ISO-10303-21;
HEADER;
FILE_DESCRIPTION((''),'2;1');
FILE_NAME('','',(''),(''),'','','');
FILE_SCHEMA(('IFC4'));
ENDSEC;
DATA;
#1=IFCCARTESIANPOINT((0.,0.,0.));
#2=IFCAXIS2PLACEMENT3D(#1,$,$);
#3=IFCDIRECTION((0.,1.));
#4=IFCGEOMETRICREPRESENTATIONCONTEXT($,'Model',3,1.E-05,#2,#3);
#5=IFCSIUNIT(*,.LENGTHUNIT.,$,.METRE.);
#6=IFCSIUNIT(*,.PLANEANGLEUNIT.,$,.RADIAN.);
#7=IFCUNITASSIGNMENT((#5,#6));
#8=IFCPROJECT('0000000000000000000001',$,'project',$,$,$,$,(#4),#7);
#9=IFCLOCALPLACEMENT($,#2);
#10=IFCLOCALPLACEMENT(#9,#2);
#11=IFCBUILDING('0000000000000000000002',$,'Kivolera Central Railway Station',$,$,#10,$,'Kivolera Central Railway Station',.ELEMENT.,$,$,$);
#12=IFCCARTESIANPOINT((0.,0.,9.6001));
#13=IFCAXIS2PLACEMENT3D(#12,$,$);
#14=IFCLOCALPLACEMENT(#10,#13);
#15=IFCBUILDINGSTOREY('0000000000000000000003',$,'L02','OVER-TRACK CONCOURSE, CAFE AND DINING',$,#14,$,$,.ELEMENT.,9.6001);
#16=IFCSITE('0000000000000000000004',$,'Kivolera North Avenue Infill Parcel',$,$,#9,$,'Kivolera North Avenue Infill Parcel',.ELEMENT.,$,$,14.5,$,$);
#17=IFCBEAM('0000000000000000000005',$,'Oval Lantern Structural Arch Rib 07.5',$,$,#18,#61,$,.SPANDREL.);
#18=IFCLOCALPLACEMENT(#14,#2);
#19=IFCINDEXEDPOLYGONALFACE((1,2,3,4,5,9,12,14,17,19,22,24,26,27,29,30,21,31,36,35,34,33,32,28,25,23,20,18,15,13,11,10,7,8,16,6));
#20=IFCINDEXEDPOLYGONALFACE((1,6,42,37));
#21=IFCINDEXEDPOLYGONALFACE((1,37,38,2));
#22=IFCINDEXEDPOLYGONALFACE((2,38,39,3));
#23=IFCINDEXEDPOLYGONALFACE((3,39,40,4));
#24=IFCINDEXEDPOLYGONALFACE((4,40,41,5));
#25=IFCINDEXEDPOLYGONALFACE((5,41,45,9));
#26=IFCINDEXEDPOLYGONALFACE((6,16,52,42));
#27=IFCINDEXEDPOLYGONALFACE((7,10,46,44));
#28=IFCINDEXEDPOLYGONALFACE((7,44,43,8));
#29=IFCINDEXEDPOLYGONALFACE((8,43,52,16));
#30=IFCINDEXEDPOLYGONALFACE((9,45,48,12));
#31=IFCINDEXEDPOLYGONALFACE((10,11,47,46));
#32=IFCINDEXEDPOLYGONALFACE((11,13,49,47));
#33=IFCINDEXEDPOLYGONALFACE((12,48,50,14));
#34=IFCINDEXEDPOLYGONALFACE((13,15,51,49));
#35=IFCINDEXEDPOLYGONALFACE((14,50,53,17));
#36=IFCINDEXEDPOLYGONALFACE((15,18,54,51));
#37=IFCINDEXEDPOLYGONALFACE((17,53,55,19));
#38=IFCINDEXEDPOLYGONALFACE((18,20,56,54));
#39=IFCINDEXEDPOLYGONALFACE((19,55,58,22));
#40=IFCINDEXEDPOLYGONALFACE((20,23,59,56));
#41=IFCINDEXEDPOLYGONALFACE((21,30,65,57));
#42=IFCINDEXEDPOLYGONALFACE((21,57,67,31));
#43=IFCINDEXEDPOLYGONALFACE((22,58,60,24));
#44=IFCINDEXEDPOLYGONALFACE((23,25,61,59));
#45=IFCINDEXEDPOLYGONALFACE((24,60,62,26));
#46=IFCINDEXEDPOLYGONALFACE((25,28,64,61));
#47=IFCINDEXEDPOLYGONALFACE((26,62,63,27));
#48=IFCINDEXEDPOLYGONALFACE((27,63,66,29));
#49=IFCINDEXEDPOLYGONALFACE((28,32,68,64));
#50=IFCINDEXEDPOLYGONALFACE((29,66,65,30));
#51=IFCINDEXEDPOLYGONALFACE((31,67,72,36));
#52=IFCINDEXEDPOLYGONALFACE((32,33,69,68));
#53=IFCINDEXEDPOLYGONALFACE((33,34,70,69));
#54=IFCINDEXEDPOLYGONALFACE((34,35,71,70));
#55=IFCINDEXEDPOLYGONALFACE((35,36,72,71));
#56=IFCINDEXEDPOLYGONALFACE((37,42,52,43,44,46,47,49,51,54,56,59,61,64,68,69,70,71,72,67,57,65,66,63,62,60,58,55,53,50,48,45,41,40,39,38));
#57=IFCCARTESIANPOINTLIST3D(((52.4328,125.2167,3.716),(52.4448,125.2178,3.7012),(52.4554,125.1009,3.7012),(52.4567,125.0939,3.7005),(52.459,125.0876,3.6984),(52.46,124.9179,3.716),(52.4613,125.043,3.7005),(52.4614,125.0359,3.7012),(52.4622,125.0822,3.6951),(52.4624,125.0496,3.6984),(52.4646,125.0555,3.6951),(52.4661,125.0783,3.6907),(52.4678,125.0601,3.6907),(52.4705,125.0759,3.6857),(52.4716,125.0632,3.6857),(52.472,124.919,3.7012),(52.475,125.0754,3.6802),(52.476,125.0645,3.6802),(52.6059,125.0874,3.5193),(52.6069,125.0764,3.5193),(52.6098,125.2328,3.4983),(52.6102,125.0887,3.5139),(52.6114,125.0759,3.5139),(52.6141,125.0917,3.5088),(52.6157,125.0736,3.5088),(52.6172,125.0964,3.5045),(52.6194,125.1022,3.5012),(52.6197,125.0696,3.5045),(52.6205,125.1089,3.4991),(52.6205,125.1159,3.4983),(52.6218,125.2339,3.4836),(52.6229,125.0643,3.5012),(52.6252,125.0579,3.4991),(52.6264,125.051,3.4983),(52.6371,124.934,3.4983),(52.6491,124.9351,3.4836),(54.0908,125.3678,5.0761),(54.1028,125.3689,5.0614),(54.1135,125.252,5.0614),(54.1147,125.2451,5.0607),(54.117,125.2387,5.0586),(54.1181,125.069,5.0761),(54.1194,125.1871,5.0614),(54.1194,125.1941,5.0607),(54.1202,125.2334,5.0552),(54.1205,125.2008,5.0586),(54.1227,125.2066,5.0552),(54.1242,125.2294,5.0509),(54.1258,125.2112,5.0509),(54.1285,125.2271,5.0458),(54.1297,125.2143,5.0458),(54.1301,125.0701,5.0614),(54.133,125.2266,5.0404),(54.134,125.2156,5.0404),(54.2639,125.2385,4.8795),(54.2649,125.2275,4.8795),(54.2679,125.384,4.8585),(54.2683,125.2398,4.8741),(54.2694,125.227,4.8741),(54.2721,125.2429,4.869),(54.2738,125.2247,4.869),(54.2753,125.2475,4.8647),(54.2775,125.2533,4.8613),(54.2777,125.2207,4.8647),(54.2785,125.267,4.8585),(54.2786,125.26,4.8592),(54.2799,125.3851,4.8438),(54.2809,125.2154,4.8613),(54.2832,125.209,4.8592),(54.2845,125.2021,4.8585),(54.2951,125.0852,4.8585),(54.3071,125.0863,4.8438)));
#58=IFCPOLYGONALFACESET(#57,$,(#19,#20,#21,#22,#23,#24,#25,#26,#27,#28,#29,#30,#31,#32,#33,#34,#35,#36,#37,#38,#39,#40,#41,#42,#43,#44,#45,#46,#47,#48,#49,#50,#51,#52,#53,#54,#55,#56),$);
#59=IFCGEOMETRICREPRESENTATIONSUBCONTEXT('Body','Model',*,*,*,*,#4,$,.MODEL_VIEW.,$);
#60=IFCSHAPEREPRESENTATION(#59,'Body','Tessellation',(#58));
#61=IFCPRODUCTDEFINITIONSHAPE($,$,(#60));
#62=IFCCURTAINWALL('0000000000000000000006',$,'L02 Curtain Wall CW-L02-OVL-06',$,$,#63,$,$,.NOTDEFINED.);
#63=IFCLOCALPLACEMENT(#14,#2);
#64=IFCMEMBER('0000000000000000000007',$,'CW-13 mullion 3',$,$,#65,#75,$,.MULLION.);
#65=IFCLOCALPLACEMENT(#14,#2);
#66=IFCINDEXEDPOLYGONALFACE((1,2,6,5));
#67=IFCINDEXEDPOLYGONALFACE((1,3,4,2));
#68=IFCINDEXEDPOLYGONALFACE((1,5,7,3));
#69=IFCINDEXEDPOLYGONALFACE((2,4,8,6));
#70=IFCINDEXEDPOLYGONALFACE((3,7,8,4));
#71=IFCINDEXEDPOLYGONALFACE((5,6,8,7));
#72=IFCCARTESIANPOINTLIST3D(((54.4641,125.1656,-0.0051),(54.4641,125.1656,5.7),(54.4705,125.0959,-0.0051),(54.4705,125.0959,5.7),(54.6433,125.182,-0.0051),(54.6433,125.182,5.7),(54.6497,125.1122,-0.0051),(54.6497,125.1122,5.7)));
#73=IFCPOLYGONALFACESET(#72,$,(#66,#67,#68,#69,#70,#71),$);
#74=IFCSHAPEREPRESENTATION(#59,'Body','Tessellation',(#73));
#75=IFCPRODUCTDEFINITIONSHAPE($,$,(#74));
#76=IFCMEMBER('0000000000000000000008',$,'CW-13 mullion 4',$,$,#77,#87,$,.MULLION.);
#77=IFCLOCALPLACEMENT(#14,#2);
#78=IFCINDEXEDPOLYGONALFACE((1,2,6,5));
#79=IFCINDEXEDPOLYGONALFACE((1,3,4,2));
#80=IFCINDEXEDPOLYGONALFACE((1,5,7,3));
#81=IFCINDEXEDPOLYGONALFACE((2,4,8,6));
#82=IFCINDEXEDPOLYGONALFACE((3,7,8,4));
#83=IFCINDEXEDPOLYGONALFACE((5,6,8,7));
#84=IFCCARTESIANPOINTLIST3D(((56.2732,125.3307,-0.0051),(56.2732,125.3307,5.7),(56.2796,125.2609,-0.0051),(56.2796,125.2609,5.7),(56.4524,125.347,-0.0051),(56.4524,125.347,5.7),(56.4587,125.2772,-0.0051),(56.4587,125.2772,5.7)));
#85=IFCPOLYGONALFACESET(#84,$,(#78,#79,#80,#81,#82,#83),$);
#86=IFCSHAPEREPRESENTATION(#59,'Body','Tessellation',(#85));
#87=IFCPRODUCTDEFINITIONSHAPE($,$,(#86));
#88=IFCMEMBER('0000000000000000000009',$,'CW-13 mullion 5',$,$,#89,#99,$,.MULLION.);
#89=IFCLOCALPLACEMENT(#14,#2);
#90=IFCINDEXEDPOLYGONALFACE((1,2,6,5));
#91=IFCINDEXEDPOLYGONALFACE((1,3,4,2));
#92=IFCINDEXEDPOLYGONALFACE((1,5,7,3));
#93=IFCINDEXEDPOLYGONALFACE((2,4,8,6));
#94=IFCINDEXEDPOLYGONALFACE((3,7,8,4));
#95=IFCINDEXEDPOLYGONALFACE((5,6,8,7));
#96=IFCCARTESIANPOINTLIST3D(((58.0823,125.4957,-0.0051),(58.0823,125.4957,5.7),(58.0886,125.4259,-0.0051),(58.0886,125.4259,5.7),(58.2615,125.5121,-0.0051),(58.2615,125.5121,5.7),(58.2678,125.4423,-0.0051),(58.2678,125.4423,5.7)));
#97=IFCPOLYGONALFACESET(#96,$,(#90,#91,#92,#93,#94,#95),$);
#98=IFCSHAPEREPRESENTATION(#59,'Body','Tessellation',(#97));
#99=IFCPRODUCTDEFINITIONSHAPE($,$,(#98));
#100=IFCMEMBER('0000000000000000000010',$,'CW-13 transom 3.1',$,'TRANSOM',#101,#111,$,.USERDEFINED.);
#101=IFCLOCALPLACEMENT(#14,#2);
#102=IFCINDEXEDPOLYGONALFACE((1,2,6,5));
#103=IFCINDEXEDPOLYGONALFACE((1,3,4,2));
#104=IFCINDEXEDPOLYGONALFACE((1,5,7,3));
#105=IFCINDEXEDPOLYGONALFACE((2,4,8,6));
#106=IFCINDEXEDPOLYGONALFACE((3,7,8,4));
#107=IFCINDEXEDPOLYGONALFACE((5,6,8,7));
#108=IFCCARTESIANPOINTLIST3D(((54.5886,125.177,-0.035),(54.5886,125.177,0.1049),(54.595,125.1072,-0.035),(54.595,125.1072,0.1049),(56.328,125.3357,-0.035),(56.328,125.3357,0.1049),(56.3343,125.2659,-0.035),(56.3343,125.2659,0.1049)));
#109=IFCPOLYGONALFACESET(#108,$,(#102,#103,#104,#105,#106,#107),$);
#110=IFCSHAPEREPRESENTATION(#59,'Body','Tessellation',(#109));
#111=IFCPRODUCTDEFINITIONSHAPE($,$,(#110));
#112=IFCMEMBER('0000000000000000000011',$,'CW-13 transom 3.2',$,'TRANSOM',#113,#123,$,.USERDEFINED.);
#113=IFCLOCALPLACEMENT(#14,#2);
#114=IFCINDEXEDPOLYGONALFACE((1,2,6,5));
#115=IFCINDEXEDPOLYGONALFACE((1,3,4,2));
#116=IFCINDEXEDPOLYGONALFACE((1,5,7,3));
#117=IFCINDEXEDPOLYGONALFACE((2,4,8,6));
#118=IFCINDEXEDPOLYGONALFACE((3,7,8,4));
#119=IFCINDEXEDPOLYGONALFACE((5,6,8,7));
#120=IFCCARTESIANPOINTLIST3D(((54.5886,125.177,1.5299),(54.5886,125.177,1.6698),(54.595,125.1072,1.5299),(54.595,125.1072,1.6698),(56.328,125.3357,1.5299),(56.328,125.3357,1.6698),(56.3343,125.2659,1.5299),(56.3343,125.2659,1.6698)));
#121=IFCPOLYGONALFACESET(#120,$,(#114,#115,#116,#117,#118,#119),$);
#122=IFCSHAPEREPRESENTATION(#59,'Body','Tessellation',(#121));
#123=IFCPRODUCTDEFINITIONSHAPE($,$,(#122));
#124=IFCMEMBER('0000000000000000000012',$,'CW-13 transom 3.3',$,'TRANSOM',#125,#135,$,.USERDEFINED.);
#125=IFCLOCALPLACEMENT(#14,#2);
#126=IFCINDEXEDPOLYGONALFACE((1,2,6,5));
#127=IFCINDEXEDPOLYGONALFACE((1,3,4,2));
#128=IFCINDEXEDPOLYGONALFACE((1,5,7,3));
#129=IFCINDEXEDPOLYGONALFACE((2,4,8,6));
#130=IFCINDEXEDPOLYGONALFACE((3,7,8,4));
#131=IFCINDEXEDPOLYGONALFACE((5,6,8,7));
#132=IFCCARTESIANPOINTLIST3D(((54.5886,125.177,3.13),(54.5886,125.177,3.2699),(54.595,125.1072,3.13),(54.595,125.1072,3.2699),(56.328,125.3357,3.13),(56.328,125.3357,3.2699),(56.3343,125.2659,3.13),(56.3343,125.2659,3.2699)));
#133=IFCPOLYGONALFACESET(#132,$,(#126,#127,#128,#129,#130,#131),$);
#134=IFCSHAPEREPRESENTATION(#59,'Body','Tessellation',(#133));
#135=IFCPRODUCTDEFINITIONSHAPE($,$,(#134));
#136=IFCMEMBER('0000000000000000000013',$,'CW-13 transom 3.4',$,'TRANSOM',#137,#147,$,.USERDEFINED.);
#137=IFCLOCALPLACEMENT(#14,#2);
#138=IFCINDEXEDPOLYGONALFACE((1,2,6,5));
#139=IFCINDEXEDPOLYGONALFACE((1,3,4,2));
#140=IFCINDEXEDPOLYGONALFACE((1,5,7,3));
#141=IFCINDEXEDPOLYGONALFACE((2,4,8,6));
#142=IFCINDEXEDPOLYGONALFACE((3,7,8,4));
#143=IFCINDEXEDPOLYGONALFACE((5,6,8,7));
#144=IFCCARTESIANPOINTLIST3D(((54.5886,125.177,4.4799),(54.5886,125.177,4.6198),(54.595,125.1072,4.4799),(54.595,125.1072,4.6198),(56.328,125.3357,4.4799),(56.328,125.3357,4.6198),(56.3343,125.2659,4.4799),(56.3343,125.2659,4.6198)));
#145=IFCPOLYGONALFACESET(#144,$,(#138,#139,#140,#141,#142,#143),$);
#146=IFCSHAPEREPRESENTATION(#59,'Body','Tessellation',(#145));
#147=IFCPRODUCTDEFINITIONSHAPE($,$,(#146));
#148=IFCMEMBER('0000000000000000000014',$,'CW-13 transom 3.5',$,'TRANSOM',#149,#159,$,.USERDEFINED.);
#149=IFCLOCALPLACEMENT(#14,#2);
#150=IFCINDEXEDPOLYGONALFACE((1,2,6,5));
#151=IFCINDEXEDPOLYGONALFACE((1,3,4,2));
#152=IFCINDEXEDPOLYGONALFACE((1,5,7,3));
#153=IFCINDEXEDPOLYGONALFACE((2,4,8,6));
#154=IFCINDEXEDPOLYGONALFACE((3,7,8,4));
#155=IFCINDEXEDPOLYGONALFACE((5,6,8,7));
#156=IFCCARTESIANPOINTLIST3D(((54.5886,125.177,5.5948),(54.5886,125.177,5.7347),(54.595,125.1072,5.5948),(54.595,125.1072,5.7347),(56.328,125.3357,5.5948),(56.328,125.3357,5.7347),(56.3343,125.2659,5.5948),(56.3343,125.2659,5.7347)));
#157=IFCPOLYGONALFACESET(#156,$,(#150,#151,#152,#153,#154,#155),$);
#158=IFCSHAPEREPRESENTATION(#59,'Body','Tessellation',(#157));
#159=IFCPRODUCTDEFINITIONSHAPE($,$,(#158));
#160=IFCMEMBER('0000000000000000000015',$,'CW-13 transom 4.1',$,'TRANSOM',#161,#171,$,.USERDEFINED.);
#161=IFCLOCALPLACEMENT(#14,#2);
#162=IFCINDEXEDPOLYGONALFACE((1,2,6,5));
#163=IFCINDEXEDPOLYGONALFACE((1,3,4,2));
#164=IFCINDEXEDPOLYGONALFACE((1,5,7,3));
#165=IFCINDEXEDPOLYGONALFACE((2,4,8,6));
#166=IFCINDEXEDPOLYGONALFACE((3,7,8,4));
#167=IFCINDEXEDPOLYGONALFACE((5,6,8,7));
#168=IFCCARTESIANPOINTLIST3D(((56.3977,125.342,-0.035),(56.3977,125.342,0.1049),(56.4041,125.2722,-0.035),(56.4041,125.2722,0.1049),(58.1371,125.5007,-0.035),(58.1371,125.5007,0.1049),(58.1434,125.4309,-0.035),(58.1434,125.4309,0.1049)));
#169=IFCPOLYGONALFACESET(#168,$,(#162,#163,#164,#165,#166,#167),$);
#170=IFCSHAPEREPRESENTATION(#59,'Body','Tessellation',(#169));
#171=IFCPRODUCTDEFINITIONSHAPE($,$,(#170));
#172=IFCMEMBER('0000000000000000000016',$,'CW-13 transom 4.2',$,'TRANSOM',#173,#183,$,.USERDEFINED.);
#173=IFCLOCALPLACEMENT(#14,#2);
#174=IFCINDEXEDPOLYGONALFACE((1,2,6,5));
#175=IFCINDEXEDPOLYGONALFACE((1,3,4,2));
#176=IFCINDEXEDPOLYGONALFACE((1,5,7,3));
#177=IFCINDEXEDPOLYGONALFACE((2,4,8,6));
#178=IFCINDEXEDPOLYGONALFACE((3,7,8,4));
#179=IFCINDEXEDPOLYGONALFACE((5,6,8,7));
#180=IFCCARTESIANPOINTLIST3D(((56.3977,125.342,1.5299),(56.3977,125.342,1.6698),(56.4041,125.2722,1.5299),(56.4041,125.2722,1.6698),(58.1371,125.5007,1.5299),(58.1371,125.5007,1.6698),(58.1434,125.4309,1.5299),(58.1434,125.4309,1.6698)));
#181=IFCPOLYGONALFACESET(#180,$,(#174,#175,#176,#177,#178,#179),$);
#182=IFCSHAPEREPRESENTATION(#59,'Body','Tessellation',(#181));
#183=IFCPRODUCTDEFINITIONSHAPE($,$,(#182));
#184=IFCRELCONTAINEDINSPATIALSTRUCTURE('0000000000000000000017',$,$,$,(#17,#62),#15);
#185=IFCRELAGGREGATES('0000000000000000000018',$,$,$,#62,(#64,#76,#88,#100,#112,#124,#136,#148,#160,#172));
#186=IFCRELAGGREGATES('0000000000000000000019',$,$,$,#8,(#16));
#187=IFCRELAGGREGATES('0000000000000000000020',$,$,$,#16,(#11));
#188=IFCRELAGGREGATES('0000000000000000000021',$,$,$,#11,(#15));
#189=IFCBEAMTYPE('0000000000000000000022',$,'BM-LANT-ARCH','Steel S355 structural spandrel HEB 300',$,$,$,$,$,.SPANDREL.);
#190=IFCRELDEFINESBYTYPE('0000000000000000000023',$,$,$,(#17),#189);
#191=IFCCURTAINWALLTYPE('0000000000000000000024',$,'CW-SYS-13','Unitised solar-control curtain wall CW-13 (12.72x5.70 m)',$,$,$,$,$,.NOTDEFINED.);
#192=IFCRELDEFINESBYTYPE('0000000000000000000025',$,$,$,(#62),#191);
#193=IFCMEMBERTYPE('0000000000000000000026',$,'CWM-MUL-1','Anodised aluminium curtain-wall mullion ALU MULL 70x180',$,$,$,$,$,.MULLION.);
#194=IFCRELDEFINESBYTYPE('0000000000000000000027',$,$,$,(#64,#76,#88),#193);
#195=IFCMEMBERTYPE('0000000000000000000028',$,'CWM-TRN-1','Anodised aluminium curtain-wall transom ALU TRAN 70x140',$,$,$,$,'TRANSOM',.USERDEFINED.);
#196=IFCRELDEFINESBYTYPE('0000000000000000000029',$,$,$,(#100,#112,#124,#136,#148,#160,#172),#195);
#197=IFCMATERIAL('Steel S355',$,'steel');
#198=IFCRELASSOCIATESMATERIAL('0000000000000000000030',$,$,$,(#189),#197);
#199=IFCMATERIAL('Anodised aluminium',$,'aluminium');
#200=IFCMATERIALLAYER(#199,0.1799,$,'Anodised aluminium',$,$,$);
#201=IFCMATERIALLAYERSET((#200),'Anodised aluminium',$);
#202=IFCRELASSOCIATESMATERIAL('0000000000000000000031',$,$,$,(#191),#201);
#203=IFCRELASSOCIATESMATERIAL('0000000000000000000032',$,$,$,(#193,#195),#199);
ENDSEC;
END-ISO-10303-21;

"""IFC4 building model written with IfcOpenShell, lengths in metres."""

from ifc_helpers import new_model, si_unit, direction, frame, origin, origin_2d, place, context, subcontext, project, spatial, rectangle, i_section, extrude, material, layer, layer_set, material_profile, profile_set, type_object, element, aggregate, save


model = new_model("IFC4")

# Units and contexts
model_context = context("Model", 3, precision=1e-05, world=origin(), true_north=direction((0.0, 1.0)))
body_context = subcontext(model_context, "Body", "Model", "MODEL_VIEW")
ifc_project = project(units=[si_unit("LENGTHUNIT", "METRE"), si_unit("PLANEANGLEUNIT", "RADIAN")], contexts=[model_context])

# Site, building, storey
site_placement = place(None, origin())
site = spatial("IfcSite", under=ifc_project, at=site_placement, Name="Kivolera North Avenue Infill Parcel", LongName="Kivolera North Avenue Infill Parcel", CompositionType="ELEMENT", RefElevation=14.5)
building_placement = place(site_placement, origin())
building = spatial("IfcBuilding", under=site, at=building_placement, Name="Kivolera Central Railway Station", LongName="Kivolera Central Railway Station", CompositionType="ELEMENT")
storey_placement = place(building_placement, frame((0.0, 0.0, 9.6001)))
storey = spatial("IfcBuildingStorey", under=building, at=storey_placement, Name="L02", Description="OVER-TRACK CONCOURSE, CAFE AND DINING", CompositionType="ELEMENT", Elevation=9.6001)

# Beam
ifc_material_1 = material(Name="Steel S355", Category="steel")
ifc_material_profile_1 = material_profile(ifc_material_1, i_section(OverallWidth=0.3, OverallDepth=0.3, WebThickness=0.011, FlangeThickness=0.019, FilletRadius=0.0271, at=origin_2d()), Name="HEB 300")
ifc_profile_set_1 = profile_set([ifc_material_profile_1], Name="Steel S355")
beam_type = type_object("IfcBeamType", Name="BM-LANT-ARCH", Description="Steel S355 structural spandrel HEB 300", PredefinedType="SPANDREL", material=ifc_profile_set_1)
beam_placement = place(storey_placement, frame((54.199, 125.2271, 4.96), z_axis=(-0.771222, -0.070297, -0.632673), x_axis=(0.090774, -0.995872, 0.0)))
element("IfcBeam", 1, at=beam_placement, inside=storey, type_object=beam_type, Name="Oval Lantern Structural Arch Rib 07.5", PredefinedType="SPANDREL", context=body_context, shape_type="SweptSolid", body=[
    extrude(i_section(OverallWidth=0.3, OverallDepth=0.3, WebThickness=0.011, FlangeThickness=0.019, FilletRadius=0.0271, at=origin_2d()), origin(), (0.0, 0.0, 1.0), 2.1499),
])

# Curtain wall, members
ifc_material_2 = material(Name="Anodised aluminium", Category="aluminium")
ifc_layer_1 = layer(ifc_material_2, 0.1799, Name="Anodised aluminium")
ifc_layer_set_1 = layer_set([ifc_layer_1], Name="Anodised aluminium")
curtain_wall_type = type_object("IfcCurtainWallType", Name="CW-SYS-13", Description="Unitised solar-control curtain wall CW-13 (12.72x5.70 m)", PredefinedType="NOTDEFINED", material=ifc_layer_set_1)
curtain_wall_placement = place(storey_placement, origin())
curtain_wall = element("IfcCurtainWall", 2, at=curtain_wall_placement, inside=storey, type_object=curtain_wall_type, Name="L02 Curtain Wall CW-L02-OVL-06", PredefinedType="NOTDEFINED")
ifc_material_profile_2 = material_profile(ifc_material_2, rectangle(XDim=0.0701, YDim=0.1799, at=origin_2d()), Name="ALU MULL 70x180")
ifc_profile_set_2 = profile_set([ifc_material_profile_2], Name="Anodised aluminium")
member_type_1 = type_object("IfcMemberType", Name="CWM-MUL-1", Description="Anodised aluminium curtain-wall mullion ALU MULL 70x180", PredefinedType="MULLION", material=ifc_profile_set_2)
member_1_placement = place(storey_placement, frame((54.5569, 125.1389, -0.0051), z_axis=(0.0, 0.0, 1.0), x_axis=(-0.090834, 0.995866, 0.0)))
member_1 = element("IfcMember", 3, at=member_1_placement, type_object=member_type_1, Name="CW-13 mullion 3", PredefinedType="MULLION", context=body_context, shape_type="SweptSolid", body=[
    extrude(rectangle(XDim=0.0701, YDim=0.1799, at=origin_2d()), origin(), (0.0, 0.0, 1.0), 5.7051),
])
member_2_placement = place(storey_placement, frame((56.366, 125.304, -0.0051), z_axis=(0.0, 0.0, 1.0), x_axis=(-0.090834, 0.995866, 0.0)))
member_2 = element("IfcMember", 4, at=member_2_placement, type_object=member_type_1, Name="CW-13 mullion 4", PredefinedType="MULLION", context=body_context, shape_type="SweptSolid", body=[
    extrude(rectangle(XDim=0.0701, YDim=0.1799, at=origin_2d()), origin(), (0.0, 0.0, 1.0), 5.7051),
])
member_3_placement = place(storey_placement, frame((58.175, 125.469, -0.0051), z_axis=(0.0, 0.0, 1.0), x_axis=(-0.090834, 0.995866, 0.0)))
member_3 = element("IfcMember", 5, at=member_3_placement, type_object=member_type_1, Name="CW-13 mullion 5", PredefinedType="MULLION", context=body_context, shape_type="SweptSolid", body=[
    extrude(rectangle(XDim=0.0701, YDim=0.1799, at=origin_2d()), origin(), (0.0, 0.0, 1.0), 5.7051),
])
ifc_material_profile_3 = material_profile(ifc_material_2, rectangle(XDim=0.0701, YDim=0.1399, at=origin_2d()), Name="ALU TRAN 70x140")
ifc_profile_set_3 = profile_set([ifc_material_profile_3], Name="Anodised aluminium")
member_type_2 = type_object("IfcMemberType", Name="CWM-TRN-1", Description="Anodised aluminium curtain-wall transom ALU TRAN 70x140", ElementType="TRANSOM", PredefinedType="USERDEFINED", material=ifc_profile_set_3)
member_4_placement = place(storey_placement, frame((54.5918, 125.1421, 0.0349), z_axis=(0.995863, 0.090863, 0.0), x_axis=(-0.090863, 0.995863, 0.0)))
member_4 = element("IfcMember", 6, at=member_4_placement, type_object=member_type_2, Name="CW-13 transom 3.1", ObjectType="TRANSOM", PredefinedType="USERDEFINED", context=body_context, shape_type="SweptSolid", body=[
    extrude(rectangle(XDim=0.0701, YDim=0.1399, at=origin_2d()), origin(), (0.0, 0.0, 1.0), 1.7466),
])
member_5_placement = place(storey_placement, frame((54.5918, 125.1421, 1.5999), z_axis=(0.995863, 0.090863, 0.0), x_axis=(-0.090863, 0.995863, 0.0)))
member_5 = element("IfcMember", 7, at=member_5_placement, type_object=member_type_2, Name="CW-13 transom 3.2", ObjectType="TRANSOM", PredefinedType="USERDEFINED", context=body_context, shape_type="SweptSolid", body=[
    extrude(rectangle(XDim=0.0701, YDim=0.1399, at=origin_2d()), origin(), (0.0, 0.0, 1.0), 1.7466),
])
member_6_placement = place(storey_placement, frame((54.5918, 125.1421, 3.2), z_axis=(0.995863, 0.090863, 0.0), x_axis=(-0.090863, 0.995863, 0.0)))
member_6 = element("IfcMember", 8, at=member_6_placement, type_object=member_type_2, Name="CW-13 transom 3.3", ObjectType="TRANSOM", PredefinedType="USERDEFINED", context=body_context, shape_type="SweptSolid", body=[
    extrude(rectangle(XDim=0.0701, YDim=0.1399, at=origin_2d()), origin(), (0.0, 0.0, 1.0), 1.7466),
])
member_7_placement = place(storey_placement, frame((54.5918, 125.1421, 4.5498), z_axis=(0.995863, 0.090863, 0.0), x_axis=(-0.090863, 0.995863, 0.0)))
member_7 = element("IfcMember", 9, at=member_7_placement, type_object=member_type_2, Name="CW-13 transom 3.4", ObjectType="TRANSOM", PredefinedType="USERDEFINED", context=body_context, shape_type="SweptSolid", body=[
    extrude(rectangle(XDim=0.0701, YDim=0.1399, at=origin_2d()), origin(), (0.0, 0.0, 1.0), 1.7466),
])
member_8_placement = place(storey_placement, frame((54.5918, 125.1421, 5.6648), z_axis=(0.995863, 0.090863, 0.0), x_axis=(-0.090863, 0.995863, 0.0)))
member_8 = element("IfcMember", 10, at=member_8_placement, type_object=member_type_2, Name="CW-13 transom 3.5", ObjectType="TRANSOM", PredefinedType="USERDEFINED", context=body_context, shape_type="SweptSolid", body=[
    extrude(rectangle(XDim=0.0701, YDim=0.1399, at=origin_2d()), origin(), (0.0, 0.0, 1.0), 1.7466),
])
member_9_placement = place(storey_placement, frame((56.4009, 125.3071, 0.0349), z_axis=(0.995863, 0.090863, 0.0), x_axis=(-0.090863, 0.995863, 0.0)))
member_9 = element("IfcMember", 11, at=member_9_placement, type_object=member_type_2, Name="CW-13 transom 4.1", ObjectType="TRANSOM", PredefinedType="USERDEFINED", context=body_context, shape_type="SweptSolid", body=[
    extrude(rectangle(XDim=0.0701, YDim=0.1399, at=origin_2d()), origin(), (0.0, 0.0, 1.0), 1.7466),
])
member_10_placement = place(storey_placement, frame((56.4009, 125.3071, 1.5999), z_axis=(0.995863, 0.090863, 0.0), x_axis=(-0.090863, 0.995863, 0.0)))
member_10 = element("IfcMember", 12, at=member_10_placement, type_object=member_type_2, Name="CW-13 transom 4.2", ObjectType="TRANSOM", PredefinedType="USERDEFINED", context=body_context, shape_type="SweptSolid", body=[
    extrude(rectangle(XDim=0.0701, YDim=0.1399, at=origin_2d()), origin(), (0.0, 0.0, 1.0), 1.7466),
])
aggregate(curtain_wall, [member_1, member_2, member_3, member_4, member_5, member_6, member_7, member_8, member_9, member_10])

save(model, "model.ifc")
